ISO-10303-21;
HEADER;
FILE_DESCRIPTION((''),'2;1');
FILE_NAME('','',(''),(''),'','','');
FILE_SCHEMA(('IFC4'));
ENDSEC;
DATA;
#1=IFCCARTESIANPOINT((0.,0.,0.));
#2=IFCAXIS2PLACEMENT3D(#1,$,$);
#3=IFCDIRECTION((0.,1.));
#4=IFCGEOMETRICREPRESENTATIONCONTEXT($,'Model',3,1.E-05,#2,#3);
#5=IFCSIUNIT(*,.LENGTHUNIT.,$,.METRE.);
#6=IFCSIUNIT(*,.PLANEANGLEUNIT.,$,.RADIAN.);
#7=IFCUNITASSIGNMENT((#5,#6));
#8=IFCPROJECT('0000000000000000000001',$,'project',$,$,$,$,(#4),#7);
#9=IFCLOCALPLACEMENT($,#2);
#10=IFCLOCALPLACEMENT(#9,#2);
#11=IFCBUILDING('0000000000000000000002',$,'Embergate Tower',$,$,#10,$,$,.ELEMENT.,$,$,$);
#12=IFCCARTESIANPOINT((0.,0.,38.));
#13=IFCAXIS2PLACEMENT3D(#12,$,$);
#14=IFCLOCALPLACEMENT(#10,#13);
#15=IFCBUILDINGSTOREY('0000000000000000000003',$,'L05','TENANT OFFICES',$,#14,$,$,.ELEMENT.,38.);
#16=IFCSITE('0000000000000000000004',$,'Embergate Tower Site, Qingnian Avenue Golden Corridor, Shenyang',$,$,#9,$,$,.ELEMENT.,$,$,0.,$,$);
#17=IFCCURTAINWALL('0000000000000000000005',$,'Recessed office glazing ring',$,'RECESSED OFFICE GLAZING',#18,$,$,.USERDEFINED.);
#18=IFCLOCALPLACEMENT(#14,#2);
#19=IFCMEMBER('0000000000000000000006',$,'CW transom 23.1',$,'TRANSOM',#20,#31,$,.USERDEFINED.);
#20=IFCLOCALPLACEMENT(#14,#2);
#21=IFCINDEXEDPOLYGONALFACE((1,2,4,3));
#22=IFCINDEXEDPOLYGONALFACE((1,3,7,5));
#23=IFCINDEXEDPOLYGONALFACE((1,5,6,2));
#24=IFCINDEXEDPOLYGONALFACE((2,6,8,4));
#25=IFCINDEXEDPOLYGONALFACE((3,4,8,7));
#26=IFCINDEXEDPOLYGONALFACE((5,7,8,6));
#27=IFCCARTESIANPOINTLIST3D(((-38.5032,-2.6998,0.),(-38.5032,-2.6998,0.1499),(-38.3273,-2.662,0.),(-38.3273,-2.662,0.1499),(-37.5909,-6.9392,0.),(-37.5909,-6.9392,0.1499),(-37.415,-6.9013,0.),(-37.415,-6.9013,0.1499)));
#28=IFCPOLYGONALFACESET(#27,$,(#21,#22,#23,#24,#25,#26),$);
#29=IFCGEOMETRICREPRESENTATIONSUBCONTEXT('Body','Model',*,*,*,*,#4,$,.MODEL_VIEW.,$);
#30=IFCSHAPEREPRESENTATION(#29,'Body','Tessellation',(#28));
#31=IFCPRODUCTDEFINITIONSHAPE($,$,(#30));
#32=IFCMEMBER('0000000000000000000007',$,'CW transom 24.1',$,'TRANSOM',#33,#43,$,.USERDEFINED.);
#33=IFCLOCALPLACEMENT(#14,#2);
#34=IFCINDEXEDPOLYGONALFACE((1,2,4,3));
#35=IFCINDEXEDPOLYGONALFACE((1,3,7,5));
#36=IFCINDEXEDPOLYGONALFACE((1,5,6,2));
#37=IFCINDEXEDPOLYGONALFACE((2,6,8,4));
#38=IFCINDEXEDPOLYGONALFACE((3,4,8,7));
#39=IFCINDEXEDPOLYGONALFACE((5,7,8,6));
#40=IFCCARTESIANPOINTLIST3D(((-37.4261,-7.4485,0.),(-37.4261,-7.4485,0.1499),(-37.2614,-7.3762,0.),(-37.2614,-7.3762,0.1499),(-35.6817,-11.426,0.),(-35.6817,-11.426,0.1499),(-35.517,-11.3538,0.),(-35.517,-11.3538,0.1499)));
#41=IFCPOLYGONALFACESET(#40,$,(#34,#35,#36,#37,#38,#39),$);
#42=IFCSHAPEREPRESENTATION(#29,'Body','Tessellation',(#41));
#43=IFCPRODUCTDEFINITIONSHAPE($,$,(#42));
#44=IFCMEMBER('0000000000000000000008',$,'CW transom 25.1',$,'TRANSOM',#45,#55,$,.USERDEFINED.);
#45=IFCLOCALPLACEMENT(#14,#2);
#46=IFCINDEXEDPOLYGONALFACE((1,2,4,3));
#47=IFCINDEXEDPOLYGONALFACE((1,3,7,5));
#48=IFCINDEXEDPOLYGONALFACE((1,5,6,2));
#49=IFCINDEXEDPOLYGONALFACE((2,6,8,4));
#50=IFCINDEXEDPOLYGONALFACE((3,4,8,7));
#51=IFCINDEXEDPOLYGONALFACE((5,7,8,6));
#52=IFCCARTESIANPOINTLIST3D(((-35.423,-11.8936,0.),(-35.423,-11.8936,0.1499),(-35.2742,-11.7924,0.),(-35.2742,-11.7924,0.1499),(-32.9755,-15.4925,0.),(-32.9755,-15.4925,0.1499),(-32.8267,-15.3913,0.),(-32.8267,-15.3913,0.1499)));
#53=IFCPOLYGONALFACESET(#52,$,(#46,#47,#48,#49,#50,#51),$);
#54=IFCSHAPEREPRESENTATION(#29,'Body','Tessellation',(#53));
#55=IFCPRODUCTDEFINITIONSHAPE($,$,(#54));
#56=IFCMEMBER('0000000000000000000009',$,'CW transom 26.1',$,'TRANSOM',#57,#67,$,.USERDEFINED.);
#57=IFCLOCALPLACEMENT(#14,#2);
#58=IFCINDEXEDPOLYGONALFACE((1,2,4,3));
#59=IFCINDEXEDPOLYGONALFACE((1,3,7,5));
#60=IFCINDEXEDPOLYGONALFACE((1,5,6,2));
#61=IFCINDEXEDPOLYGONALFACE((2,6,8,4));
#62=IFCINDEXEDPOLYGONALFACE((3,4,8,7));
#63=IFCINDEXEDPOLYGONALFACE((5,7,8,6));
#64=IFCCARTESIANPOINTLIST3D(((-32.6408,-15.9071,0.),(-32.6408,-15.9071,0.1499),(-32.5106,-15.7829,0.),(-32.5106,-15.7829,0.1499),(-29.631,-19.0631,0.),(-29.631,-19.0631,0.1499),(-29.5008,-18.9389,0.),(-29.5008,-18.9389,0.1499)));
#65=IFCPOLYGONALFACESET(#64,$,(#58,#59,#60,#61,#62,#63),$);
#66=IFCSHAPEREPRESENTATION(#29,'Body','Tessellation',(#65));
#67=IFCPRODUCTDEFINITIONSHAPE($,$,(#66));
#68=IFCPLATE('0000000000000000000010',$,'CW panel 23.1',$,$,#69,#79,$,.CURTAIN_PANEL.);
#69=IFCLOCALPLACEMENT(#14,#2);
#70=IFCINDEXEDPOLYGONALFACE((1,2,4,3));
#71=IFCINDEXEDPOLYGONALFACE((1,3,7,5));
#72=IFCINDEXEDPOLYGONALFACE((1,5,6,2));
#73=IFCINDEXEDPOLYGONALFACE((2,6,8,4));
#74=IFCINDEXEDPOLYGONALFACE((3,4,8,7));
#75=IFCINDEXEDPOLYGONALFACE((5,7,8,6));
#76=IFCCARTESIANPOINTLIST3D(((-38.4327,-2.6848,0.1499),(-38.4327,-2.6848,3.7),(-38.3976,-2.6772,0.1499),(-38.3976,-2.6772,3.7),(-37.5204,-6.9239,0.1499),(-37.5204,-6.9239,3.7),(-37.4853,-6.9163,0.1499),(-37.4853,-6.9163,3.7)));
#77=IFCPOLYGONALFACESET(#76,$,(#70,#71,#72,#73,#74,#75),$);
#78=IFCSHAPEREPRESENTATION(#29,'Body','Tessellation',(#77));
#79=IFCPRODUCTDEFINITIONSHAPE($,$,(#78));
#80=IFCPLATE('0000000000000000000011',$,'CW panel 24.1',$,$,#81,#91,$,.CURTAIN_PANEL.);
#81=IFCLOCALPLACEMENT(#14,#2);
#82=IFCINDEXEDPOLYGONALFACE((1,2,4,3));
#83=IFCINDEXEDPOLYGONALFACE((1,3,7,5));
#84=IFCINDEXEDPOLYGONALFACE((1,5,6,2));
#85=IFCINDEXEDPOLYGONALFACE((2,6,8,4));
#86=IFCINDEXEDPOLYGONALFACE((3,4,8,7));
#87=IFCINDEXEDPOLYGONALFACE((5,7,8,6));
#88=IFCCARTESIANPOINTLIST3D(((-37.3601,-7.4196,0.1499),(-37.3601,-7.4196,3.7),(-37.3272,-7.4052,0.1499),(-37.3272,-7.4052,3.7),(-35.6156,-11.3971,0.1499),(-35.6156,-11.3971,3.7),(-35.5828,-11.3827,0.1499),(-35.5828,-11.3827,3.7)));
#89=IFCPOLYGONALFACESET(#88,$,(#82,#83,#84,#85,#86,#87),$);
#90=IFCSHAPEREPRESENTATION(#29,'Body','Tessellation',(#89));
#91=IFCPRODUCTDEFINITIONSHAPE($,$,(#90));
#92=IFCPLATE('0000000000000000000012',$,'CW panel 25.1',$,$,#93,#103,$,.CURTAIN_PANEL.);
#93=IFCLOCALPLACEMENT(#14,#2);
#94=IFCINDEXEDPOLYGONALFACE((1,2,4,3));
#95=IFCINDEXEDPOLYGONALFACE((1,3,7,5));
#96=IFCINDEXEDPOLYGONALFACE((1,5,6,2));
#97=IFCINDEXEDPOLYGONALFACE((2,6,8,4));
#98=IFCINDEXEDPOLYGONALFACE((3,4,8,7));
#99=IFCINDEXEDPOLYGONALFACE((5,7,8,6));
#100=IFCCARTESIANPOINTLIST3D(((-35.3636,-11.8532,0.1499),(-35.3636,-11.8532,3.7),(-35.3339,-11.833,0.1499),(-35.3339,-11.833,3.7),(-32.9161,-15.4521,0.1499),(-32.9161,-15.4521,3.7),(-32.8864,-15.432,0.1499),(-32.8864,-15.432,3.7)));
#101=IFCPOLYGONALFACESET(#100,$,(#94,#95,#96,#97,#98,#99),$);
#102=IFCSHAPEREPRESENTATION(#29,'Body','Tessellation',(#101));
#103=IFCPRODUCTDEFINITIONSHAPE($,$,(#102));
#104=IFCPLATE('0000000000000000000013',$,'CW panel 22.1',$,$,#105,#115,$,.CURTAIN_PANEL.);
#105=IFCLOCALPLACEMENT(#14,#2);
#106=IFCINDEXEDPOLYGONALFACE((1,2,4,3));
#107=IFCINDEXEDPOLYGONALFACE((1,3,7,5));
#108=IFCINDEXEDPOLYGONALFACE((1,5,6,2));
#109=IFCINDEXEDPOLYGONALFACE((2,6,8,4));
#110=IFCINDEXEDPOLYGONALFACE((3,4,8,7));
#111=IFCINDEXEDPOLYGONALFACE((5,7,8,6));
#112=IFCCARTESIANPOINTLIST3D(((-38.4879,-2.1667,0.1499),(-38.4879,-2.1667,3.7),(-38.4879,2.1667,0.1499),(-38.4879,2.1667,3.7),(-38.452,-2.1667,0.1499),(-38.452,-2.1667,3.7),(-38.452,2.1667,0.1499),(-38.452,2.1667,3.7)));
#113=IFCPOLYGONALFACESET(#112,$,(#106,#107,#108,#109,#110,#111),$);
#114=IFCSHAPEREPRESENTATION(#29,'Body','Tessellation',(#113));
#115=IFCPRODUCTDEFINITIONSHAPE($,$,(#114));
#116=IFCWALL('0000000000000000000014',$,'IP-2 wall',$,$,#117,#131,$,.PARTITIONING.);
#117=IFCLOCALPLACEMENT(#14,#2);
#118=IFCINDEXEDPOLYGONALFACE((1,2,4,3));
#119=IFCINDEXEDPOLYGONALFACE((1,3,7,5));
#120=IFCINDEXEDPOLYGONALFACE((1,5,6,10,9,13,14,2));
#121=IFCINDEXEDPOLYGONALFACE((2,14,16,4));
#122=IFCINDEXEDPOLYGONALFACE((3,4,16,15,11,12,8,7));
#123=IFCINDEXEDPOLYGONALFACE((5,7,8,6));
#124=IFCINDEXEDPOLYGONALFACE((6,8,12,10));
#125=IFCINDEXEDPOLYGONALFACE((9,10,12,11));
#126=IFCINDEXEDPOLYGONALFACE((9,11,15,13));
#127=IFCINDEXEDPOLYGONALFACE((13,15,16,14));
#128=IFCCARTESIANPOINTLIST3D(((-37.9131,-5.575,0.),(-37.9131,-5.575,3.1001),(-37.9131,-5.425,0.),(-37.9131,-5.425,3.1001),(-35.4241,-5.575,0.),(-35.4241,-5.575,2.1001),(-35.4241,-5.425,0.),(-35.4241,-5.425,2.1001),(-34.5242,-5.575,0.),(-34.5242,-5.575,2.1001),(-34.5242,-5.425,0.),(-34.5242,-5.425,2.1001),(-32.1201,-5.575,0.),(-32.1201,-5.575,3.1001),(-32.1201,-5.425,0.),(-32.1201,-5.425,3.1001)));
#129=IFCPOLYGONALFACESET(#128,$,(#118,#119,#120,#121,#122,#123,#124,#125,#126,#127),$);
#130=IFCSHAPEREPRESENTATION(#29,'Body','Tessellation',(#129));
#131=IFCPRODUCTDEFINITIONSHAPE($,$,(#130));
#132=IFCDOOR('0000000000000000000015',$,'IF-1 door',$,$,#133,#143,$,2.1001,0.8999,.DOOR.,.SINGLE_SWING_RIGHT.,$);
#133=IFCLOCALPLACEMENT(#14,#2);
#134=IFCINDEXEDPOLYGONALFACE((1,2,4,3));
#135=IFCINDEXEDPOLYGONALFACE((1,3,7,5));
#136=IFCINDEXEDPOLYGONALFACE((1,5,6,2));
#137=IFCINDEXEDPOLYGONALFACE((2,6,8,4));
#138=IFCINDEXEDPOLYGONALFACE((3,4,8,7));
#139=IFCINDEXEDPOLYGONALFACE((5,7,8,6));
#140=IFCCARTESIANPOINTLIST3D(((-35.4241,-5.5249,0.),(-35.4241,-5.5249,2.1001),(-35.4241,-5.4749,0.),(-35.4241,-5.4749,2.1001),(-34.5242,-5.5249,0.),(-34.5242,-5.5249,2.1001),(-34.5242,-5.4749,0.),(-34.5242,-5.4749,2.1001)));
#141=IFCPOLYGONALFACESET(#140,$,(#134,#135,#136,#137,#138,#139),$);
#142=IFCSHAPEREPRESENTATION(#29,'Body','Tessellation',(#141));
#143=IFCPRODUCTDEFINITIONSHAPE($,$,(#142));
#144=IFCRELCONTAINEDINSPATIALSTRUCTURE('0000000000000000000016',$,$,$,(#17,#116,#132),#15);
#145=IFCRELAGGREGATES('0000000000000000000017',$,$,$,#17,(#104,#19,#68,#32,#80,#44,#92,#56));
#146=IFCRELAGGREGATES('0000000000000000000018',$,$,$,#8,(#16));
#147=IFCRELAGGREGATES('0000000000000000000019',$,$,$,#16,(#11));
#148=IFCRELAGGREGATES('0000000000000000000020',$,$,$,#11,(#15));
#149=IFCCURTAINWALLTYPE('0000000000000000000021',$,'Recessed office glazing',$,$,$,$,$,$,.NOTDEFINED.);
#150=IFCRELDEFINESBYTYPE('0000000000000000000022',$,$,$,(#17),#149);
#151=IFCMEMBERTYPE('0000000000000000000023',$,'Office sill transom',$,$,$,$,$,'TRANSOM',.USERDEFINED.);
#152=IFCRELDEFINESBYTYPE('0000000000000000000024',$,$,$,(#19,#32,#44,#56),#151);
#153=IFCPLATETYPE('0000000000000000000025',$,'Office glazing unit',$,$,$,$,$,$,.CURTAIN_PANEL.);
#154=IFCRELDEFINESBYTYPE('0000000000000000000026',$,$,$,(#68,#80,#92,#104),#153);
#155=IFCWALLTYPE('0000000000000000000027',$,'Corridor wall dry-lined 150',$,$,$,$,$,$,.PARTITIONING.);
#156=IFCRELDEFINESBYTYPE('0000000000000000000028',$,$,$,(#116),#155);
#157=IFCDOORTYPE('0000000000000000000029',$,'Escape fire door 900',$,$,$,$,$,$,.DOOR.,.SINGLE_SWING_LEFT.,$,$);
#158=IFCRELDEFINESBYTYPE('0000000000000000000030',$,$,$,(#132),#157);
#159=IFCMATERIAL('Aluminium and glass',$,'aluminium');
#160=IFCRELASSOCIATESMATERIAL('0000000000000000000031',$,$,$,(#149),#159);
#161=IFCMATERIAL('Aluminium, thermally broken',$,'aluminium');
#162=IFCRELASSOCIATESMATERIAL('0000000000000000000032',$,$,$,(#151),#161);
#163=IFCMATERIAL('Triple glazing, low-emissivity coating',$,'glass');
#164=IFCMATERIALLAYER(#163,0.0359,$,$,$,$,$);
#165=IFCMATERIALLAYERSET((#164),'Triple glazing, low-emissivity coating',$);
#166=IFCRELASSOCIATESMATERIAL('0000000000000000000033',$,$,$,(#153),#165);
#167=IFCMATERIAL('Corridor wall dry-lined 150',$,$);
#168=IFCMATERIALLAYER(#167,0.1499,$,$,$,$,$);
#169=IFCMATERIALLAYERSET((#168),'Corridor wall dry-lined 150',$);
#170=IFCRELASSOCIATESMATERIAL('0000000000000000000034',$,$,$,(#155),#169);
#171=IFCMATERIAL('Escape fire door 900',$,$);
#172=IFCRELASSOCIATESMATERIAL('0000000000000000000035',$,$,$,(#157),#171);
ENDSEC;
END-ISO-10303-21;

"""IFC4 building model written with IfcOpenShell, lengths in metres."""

from ifc_helpers import new_model, si_unit, direction, frame, frame_2d, origin, origin_2d, place, context, subcontext, project, spatial, rectangle, extrude, source, transform, mapped, material, layer, layer_set, material_profile, profile_set, type_object, element, fill, aggregate, save


model = new_model("IFC4")

# Units and contexts
model_context = context("Model", 3, precision=1e-05, world=origin(), true_north=direction((0.0, 1.0)))
body_context = subcontext(model_context, "Body", "Model", "MODEL_VIEW")
ifc_project = project(units=[si_unit("LENGTHUNIT", "METRE"), si_unit("PLANEANGLEUNIT", "RADIAN")], contexts=[model_context])

# Site, building, storey
site_placement = place(None, origin())
site = spatial("IfcSite", under=ifc_project, at=site_placement, Name="Embergate Tower Site, Qingnian Avenue Golden Corridor, Shenyang", CompositionType="ELEMENT", RefElevation=0.0)
building_placement = place(site_placement, origin())
building = spatial("IfcBuilding", under=site, at=building_placement, Name="Embergate Tower", CompositionType="ELEMENT")
storey_placement = place(building_placement, frame((0.0, 0.0, 38.0)))
storey = spatial("IfcBuildingStorey", under=building, at=storey_placement, Name="L05", Description="TENANT OFFICES", CompositionType="ELEMENT", Elevation=38.0)

# Curtain wall, members, plates
ifc_material_1 = material(Name="Aluminium and glass", Category="aluminium")
curtain_wall_type = type_object("IfcCurtainWallType", Name="Recessed office glazing", PredefinedType="NOTDEFINED", material=ifc_material_1)
curtain_wall_placement = place(storey_placement, origin())
curtain_wall = element("IfcCurtainWall", 1, at=curtain_wall_placement, inside=storey, type_object=curtain_wall_type, Name="Recessed office glazing ring", ObjectType="RECESSED OFFICE GLAZING", PredefinedType="USERDEFINED")
ifc_material_2 = material(Name="Aluminium, thermally broken", Category="aluminium")
ifc_material_profile_1 = material_profile(ifc_material_2, rectangle(XDim=0.1799, YDim=0.1499, at=origin_2d()), Name="AL 150x180")
ifc_profile_set_1 = profile_set([ifc_material_profile_1], Name="Aluminium, thermally broken")
member_type_1 = type_object("IfcMemberType", Name="Office sill transom", ElementType="TRANSOM", PredefinedType="USERDEFINED", material=ifc_profile_set_1)
shared_shape_1 = source(origin(), body_context, "Body", "SweptSolid", [
    extrude(rectangle(XDim=0.1799, YDim=0.1499, at=origin_2d()), origin(), (0.0, 0.0, 1.0), 4.3364),
])
member_1_placement = place(storey_placement, frame((-38.4153, -2.6809, 0.075), z_axis=(0.210398, -0.977616, 0.0), x_axis=(0.977616, 0.210398, 0.0)))
member_1 = element("IfcMember", 2, at=member_1_placement, type_object=member_type_1, Name="CW transom 23.1", ObjectType="TRANSOM", PredefinedType="USERDEFINED", context=body_context, shape_type="MappedRepresentation", body=[
    mapped(shared_shape_1, transform((0.0, 0.0, 0.0))),
])
shared_shape_2 = source(origin(), body_context, "Body", "SweptSolid", [
    extrude(rectangle(XDim=0.1799, YDim=0.1499, at=origin_2d()), origin(), (0.0, 0.0, 1.0), 4.3433),
])
member_2_placement = place(storey_placement, frame((-37.3438, -7.4124, 0.075), z_axis=(0.401633, -0.915801, 0.0), x_axis=(0.915801, 0.401633, 0.0)))
member_2 = element("IfcMember", 3, at=member_2_placement, type_object=member_type_1, Name="CW transom 24.1", ObjectType="TRANSOM", PredefinedType="USERDEFINED", context=body_context, shape_type="MappedRepresentation", body=[
    mapped(shared_shape_2, transform((0.0, 0.0, 0.0))),
])
shared_shape_3 = source(origin(), body_context, "Body", "SweptSolid", [
    extrude(rectangle(XDim=0.1799, YDim=0.1499, at=origin_2d()), origin(), (0.0, 0.0, 1.0), 4.3523),
])
member_3_placement = place(storey_placement, frame((-35.3486, -11.843, 0.075), z_axis=(0.562353, -0.826897, 0.0), x_axis=(0.826897, 0.562353, 0.0)))
member_3 = element("IfcMember", 4, at=member_3_placement, type_object=member_type_1, Name="CW transom 25.1", ObjectType="TRANSOM", PredefinedType="USERDEFINED", context=body_context, shape_type="MappedRepresentation", body=[
    mapped(shared_shape_3, transform((0.0, 0.0, 0.0))),
])
shared_shape_4 = source(origin(), body_context, "Body", "SweptSolid", [
    extrude(rectangle(XDim=0.1799, YDim=0.1499, at=origin_2d()), origin(), (0.0, 0.0, 1.0), 4.3611),
])
member_4_placement = place(storey_placement, frame((-32.5757, -15.845, 0.075), z_axis=(0.690141, -0.723674, 0.0), x_axis=(0.723674, 0.690141, 0.0)))
member_4 = element("IfcMember", 5, at=member_4_placement, type_object=member_type_1, Name="CW transom 26.1", ObjectType="TRANSOM", PredefinedType="USERDEFINED", context=body_context, shape_type="MappedRepresentation", body=[
    mapped(shared_shape_4, transform((0.0, 0.0, 0.0))),
])
ifc_material_3 = material(Name="Triple glazing, low-emissivity coating", Category="glass")
ifc_layer_1 = layer(ifc_material_3, 0.0359)
ifc_layer_set_1 = layer_set([ifc_layer_1], Name="Triple glazing, low-emissivity coating")
plate_type = type_object("IfcPlateType", Name="Office glazing unit", PredefinedType="CURTAIN_PANEL", material=ifc_layer_set_1)
shared_shape_5 = source(origin(), body_context, "Body", "SweptSolid", [
    extrude(rectangle(XDim=4.3362, YDim=0.0359, at=origin_2d()), origin(), (0.0, 0.0, 1.0), 3.55),
])
plate_1_placement = place(storey_placement, frame((-37.959, -4.8005, 0.1499), z_axis=(0.0, 0.0, 1.0), x_axis=(0.210398, -0.977616, 0.0)))
plate_1 = element("IfcPlate", 6, at=plate_1_placement, type_object=plate_type, Name="CW panel 23.1", PredefinedType="CURTAIN_PANEL", context=body_context, shape_type="MappedRepresentation", body=[
    mapped(shared_shape_5, transform((0.0, 0.0, 0.0))),
])
shared_shape_6 = source(origin(), body_context, "Body", "SweptSolid", [
    extrude(rectangle(XDim=4.3433, YDim=0.0359, at=origin_2d()), origin(), (0.0, 0.0, 1.0), 3.55),
])
plate_2_placement = place(storey_placement, frame((-36.4714, -9.4011, 0.1499), z_axis=(0.0, 0.0, 1.0), x_axis=(0.401654, -0.915792, 0.0)))
plate_2 = element("IfcPlate", 7, at=plate_2_placement, type_object=plate_type, Name="CW panel 24.1", PredefinedType="CURTAIN_PANEL", context=body_context, shape_type="MappedRepresentation", body=[
    mapped(shared_shape_6, transform((0.0, 0.0, 0.0))),
])
shared_shape_7 = source(origin(), body_context, "Body", "SweptSolid", [
    extrude(rectangle(XDim=4.3523, YDim=0.0359, at=origin_2d()), origin(), (0.0, 0.0, 1.0), 3.55),
])
plate_3_placement = place(storey_placement, frame((-34.125, -13.6426, 0.1499), z_axis=(0.0, 0.0, 1.0), x_axis=(0.562345, -0.826903, 0.0)))
plate_3 = element("IfcPlate", 8, at=plate_3_placement, type_object=plate_type, Name="CW panel 25.1", PredefinedType="CURTAIN_PANEL", context=body_context, shape_type="MappedRepresentation", body=[
    mapped(shared_shape_7, transform((0.0, 0.0, 0.0))),
])
shared_shape_8 = source(origin(), body_context, "Body", "SweptSolid", [
    extrude(rectangle(XDim=4.3335, YDim=0.0359, at=origin_2d()), origin(), (0.0, 0.0, 1.0), 3.55),
])
plate_4_placement = place(storey_placement, frame((-38.47, 0.0, 0.1499), z_axis=(0.0, 0.0, 1.0), x_axis=(0.0, -1.0, 0.0)))
plate_4 = element("IfcPlate", 9, at=plate_4_placement, type_object=plate_type, Name="CW panel 22.1", PredefinedType="CURTAIN_PANEL", context=body_context, shape_type="MappedRepresentation", body=[
    mapped(shared_shape_8, transform((0.0, 0.0, 0.0))),
])
aggregate(curtain_wall, [plate_4, member_1, plate_1, member_2, plate_2, member_3, plate_3, member_4])

# Wall, opening, door
ifc_material_4 = material(Name="Corridor wall dry-lined 150")
ifc_layer_2 = layer(ifc_material_4, 0.1499)
ifc_layer_set_2 = layer_set([ifc_layer_2], Name="Corridor wall dry-lined 150")
wall_type_1 = type_object("IfcWallType", Name="Corridor wall dry-lined 150", PredefinedType="PARTITIONING", material=ifc_layer_set_2)
shared_shape_9 = source(origin(), body_context, "Body", "SweptSolid", [
    extrude(rectangle(XDim=5.793, YDim=0.1499, at=frame_2d((2.8965, 0.0))), origin(), (0.0, 0.0, 1.0), 3.1001),
])
wall_1_placement = place(storey_placement, frame((-32.1201, -5.5, 0.0), z_axis=(0.0, 0.0, 1.0), x_axis=(-1.0, 0.0, 0.0)))
wall_1 = element("IfcWall", 10, at=wall_1_placement, inside=storey, type_object=wall_type_1, Name="IP-2 wall", PredefinedType="PARTITIONING", context=body_context, shape_type="MappedRepresentation", body=[
    mapped(shared_shape_9, transform((0.0, 0.0, 0.0))),
])
shared_shape_10 = source(origin(), body_context, "Body", "SweptSolid", [
    extrude(rectangle(XDim=0.8999, YDim=2.1001, at=frame_2d((0.45, 1.05))), frame((0.0, 0.085, 0.0), z_axis=(0.0, -1.0, 0.0), x_axis=(1.0, 0.0, 0.0)), (0.0, 0.0, 1.0), 0.1699),
])
opening_1_placement = place(wall_1_placement, frame((2.4041, 0.0, 0.0)))
opening_1 = element("IfcOpeningElement", 11, at=opening_1_placement, cuts=wall_1, PredefinedType="OPENING", context=body_context, shape_type="MappedRepresentation", body=[
    mapped(shared_shape_10, transform((0.0, 0.0, 0.0))),
])
ifc_material_5 = material(Name="Escape fire door 900")
door_type_1 = type_object("IfcDoorType", Name="Escape fire door 900", OperationType="SINGLE_SWING_LEFT", PredefinedType="DOOR", material=ifc_material_5)
shared_shape_11 = source(origin(), body_context, "Body", "SweptSolid", [
    extrude(rectangle(XDim=0.8999, YDim=2.1001, at=frame_2d((0.45, 1.05))), frame((0.0, 0.0249, 0.0), z_axis=(0.0, -1.0, 0.0), x_axis=(1.0, 0.0, 0.0)), (0.0, 0.0, 1.0), 0.05),
])
door_1_placement = place(opening_1_placement, origin())
door_1 = element("IfcDoor", 12, at=door_1_placement, inside=storey, type_object=door_type_1, Name="IF-1 door", OperationType="SINGLE_SWING_RIGHT", OverallHeight=2.1001, OverallWidth=0.8999, PredefinedType="DOOR", context=body_context, shape_type="MappedRepresentation", body=[
    mapped(shared_shape_11, transform((0.0, 0.0, 0.0))),
])
fill(opening_1, door_1)

save(model, "model.ifc")
